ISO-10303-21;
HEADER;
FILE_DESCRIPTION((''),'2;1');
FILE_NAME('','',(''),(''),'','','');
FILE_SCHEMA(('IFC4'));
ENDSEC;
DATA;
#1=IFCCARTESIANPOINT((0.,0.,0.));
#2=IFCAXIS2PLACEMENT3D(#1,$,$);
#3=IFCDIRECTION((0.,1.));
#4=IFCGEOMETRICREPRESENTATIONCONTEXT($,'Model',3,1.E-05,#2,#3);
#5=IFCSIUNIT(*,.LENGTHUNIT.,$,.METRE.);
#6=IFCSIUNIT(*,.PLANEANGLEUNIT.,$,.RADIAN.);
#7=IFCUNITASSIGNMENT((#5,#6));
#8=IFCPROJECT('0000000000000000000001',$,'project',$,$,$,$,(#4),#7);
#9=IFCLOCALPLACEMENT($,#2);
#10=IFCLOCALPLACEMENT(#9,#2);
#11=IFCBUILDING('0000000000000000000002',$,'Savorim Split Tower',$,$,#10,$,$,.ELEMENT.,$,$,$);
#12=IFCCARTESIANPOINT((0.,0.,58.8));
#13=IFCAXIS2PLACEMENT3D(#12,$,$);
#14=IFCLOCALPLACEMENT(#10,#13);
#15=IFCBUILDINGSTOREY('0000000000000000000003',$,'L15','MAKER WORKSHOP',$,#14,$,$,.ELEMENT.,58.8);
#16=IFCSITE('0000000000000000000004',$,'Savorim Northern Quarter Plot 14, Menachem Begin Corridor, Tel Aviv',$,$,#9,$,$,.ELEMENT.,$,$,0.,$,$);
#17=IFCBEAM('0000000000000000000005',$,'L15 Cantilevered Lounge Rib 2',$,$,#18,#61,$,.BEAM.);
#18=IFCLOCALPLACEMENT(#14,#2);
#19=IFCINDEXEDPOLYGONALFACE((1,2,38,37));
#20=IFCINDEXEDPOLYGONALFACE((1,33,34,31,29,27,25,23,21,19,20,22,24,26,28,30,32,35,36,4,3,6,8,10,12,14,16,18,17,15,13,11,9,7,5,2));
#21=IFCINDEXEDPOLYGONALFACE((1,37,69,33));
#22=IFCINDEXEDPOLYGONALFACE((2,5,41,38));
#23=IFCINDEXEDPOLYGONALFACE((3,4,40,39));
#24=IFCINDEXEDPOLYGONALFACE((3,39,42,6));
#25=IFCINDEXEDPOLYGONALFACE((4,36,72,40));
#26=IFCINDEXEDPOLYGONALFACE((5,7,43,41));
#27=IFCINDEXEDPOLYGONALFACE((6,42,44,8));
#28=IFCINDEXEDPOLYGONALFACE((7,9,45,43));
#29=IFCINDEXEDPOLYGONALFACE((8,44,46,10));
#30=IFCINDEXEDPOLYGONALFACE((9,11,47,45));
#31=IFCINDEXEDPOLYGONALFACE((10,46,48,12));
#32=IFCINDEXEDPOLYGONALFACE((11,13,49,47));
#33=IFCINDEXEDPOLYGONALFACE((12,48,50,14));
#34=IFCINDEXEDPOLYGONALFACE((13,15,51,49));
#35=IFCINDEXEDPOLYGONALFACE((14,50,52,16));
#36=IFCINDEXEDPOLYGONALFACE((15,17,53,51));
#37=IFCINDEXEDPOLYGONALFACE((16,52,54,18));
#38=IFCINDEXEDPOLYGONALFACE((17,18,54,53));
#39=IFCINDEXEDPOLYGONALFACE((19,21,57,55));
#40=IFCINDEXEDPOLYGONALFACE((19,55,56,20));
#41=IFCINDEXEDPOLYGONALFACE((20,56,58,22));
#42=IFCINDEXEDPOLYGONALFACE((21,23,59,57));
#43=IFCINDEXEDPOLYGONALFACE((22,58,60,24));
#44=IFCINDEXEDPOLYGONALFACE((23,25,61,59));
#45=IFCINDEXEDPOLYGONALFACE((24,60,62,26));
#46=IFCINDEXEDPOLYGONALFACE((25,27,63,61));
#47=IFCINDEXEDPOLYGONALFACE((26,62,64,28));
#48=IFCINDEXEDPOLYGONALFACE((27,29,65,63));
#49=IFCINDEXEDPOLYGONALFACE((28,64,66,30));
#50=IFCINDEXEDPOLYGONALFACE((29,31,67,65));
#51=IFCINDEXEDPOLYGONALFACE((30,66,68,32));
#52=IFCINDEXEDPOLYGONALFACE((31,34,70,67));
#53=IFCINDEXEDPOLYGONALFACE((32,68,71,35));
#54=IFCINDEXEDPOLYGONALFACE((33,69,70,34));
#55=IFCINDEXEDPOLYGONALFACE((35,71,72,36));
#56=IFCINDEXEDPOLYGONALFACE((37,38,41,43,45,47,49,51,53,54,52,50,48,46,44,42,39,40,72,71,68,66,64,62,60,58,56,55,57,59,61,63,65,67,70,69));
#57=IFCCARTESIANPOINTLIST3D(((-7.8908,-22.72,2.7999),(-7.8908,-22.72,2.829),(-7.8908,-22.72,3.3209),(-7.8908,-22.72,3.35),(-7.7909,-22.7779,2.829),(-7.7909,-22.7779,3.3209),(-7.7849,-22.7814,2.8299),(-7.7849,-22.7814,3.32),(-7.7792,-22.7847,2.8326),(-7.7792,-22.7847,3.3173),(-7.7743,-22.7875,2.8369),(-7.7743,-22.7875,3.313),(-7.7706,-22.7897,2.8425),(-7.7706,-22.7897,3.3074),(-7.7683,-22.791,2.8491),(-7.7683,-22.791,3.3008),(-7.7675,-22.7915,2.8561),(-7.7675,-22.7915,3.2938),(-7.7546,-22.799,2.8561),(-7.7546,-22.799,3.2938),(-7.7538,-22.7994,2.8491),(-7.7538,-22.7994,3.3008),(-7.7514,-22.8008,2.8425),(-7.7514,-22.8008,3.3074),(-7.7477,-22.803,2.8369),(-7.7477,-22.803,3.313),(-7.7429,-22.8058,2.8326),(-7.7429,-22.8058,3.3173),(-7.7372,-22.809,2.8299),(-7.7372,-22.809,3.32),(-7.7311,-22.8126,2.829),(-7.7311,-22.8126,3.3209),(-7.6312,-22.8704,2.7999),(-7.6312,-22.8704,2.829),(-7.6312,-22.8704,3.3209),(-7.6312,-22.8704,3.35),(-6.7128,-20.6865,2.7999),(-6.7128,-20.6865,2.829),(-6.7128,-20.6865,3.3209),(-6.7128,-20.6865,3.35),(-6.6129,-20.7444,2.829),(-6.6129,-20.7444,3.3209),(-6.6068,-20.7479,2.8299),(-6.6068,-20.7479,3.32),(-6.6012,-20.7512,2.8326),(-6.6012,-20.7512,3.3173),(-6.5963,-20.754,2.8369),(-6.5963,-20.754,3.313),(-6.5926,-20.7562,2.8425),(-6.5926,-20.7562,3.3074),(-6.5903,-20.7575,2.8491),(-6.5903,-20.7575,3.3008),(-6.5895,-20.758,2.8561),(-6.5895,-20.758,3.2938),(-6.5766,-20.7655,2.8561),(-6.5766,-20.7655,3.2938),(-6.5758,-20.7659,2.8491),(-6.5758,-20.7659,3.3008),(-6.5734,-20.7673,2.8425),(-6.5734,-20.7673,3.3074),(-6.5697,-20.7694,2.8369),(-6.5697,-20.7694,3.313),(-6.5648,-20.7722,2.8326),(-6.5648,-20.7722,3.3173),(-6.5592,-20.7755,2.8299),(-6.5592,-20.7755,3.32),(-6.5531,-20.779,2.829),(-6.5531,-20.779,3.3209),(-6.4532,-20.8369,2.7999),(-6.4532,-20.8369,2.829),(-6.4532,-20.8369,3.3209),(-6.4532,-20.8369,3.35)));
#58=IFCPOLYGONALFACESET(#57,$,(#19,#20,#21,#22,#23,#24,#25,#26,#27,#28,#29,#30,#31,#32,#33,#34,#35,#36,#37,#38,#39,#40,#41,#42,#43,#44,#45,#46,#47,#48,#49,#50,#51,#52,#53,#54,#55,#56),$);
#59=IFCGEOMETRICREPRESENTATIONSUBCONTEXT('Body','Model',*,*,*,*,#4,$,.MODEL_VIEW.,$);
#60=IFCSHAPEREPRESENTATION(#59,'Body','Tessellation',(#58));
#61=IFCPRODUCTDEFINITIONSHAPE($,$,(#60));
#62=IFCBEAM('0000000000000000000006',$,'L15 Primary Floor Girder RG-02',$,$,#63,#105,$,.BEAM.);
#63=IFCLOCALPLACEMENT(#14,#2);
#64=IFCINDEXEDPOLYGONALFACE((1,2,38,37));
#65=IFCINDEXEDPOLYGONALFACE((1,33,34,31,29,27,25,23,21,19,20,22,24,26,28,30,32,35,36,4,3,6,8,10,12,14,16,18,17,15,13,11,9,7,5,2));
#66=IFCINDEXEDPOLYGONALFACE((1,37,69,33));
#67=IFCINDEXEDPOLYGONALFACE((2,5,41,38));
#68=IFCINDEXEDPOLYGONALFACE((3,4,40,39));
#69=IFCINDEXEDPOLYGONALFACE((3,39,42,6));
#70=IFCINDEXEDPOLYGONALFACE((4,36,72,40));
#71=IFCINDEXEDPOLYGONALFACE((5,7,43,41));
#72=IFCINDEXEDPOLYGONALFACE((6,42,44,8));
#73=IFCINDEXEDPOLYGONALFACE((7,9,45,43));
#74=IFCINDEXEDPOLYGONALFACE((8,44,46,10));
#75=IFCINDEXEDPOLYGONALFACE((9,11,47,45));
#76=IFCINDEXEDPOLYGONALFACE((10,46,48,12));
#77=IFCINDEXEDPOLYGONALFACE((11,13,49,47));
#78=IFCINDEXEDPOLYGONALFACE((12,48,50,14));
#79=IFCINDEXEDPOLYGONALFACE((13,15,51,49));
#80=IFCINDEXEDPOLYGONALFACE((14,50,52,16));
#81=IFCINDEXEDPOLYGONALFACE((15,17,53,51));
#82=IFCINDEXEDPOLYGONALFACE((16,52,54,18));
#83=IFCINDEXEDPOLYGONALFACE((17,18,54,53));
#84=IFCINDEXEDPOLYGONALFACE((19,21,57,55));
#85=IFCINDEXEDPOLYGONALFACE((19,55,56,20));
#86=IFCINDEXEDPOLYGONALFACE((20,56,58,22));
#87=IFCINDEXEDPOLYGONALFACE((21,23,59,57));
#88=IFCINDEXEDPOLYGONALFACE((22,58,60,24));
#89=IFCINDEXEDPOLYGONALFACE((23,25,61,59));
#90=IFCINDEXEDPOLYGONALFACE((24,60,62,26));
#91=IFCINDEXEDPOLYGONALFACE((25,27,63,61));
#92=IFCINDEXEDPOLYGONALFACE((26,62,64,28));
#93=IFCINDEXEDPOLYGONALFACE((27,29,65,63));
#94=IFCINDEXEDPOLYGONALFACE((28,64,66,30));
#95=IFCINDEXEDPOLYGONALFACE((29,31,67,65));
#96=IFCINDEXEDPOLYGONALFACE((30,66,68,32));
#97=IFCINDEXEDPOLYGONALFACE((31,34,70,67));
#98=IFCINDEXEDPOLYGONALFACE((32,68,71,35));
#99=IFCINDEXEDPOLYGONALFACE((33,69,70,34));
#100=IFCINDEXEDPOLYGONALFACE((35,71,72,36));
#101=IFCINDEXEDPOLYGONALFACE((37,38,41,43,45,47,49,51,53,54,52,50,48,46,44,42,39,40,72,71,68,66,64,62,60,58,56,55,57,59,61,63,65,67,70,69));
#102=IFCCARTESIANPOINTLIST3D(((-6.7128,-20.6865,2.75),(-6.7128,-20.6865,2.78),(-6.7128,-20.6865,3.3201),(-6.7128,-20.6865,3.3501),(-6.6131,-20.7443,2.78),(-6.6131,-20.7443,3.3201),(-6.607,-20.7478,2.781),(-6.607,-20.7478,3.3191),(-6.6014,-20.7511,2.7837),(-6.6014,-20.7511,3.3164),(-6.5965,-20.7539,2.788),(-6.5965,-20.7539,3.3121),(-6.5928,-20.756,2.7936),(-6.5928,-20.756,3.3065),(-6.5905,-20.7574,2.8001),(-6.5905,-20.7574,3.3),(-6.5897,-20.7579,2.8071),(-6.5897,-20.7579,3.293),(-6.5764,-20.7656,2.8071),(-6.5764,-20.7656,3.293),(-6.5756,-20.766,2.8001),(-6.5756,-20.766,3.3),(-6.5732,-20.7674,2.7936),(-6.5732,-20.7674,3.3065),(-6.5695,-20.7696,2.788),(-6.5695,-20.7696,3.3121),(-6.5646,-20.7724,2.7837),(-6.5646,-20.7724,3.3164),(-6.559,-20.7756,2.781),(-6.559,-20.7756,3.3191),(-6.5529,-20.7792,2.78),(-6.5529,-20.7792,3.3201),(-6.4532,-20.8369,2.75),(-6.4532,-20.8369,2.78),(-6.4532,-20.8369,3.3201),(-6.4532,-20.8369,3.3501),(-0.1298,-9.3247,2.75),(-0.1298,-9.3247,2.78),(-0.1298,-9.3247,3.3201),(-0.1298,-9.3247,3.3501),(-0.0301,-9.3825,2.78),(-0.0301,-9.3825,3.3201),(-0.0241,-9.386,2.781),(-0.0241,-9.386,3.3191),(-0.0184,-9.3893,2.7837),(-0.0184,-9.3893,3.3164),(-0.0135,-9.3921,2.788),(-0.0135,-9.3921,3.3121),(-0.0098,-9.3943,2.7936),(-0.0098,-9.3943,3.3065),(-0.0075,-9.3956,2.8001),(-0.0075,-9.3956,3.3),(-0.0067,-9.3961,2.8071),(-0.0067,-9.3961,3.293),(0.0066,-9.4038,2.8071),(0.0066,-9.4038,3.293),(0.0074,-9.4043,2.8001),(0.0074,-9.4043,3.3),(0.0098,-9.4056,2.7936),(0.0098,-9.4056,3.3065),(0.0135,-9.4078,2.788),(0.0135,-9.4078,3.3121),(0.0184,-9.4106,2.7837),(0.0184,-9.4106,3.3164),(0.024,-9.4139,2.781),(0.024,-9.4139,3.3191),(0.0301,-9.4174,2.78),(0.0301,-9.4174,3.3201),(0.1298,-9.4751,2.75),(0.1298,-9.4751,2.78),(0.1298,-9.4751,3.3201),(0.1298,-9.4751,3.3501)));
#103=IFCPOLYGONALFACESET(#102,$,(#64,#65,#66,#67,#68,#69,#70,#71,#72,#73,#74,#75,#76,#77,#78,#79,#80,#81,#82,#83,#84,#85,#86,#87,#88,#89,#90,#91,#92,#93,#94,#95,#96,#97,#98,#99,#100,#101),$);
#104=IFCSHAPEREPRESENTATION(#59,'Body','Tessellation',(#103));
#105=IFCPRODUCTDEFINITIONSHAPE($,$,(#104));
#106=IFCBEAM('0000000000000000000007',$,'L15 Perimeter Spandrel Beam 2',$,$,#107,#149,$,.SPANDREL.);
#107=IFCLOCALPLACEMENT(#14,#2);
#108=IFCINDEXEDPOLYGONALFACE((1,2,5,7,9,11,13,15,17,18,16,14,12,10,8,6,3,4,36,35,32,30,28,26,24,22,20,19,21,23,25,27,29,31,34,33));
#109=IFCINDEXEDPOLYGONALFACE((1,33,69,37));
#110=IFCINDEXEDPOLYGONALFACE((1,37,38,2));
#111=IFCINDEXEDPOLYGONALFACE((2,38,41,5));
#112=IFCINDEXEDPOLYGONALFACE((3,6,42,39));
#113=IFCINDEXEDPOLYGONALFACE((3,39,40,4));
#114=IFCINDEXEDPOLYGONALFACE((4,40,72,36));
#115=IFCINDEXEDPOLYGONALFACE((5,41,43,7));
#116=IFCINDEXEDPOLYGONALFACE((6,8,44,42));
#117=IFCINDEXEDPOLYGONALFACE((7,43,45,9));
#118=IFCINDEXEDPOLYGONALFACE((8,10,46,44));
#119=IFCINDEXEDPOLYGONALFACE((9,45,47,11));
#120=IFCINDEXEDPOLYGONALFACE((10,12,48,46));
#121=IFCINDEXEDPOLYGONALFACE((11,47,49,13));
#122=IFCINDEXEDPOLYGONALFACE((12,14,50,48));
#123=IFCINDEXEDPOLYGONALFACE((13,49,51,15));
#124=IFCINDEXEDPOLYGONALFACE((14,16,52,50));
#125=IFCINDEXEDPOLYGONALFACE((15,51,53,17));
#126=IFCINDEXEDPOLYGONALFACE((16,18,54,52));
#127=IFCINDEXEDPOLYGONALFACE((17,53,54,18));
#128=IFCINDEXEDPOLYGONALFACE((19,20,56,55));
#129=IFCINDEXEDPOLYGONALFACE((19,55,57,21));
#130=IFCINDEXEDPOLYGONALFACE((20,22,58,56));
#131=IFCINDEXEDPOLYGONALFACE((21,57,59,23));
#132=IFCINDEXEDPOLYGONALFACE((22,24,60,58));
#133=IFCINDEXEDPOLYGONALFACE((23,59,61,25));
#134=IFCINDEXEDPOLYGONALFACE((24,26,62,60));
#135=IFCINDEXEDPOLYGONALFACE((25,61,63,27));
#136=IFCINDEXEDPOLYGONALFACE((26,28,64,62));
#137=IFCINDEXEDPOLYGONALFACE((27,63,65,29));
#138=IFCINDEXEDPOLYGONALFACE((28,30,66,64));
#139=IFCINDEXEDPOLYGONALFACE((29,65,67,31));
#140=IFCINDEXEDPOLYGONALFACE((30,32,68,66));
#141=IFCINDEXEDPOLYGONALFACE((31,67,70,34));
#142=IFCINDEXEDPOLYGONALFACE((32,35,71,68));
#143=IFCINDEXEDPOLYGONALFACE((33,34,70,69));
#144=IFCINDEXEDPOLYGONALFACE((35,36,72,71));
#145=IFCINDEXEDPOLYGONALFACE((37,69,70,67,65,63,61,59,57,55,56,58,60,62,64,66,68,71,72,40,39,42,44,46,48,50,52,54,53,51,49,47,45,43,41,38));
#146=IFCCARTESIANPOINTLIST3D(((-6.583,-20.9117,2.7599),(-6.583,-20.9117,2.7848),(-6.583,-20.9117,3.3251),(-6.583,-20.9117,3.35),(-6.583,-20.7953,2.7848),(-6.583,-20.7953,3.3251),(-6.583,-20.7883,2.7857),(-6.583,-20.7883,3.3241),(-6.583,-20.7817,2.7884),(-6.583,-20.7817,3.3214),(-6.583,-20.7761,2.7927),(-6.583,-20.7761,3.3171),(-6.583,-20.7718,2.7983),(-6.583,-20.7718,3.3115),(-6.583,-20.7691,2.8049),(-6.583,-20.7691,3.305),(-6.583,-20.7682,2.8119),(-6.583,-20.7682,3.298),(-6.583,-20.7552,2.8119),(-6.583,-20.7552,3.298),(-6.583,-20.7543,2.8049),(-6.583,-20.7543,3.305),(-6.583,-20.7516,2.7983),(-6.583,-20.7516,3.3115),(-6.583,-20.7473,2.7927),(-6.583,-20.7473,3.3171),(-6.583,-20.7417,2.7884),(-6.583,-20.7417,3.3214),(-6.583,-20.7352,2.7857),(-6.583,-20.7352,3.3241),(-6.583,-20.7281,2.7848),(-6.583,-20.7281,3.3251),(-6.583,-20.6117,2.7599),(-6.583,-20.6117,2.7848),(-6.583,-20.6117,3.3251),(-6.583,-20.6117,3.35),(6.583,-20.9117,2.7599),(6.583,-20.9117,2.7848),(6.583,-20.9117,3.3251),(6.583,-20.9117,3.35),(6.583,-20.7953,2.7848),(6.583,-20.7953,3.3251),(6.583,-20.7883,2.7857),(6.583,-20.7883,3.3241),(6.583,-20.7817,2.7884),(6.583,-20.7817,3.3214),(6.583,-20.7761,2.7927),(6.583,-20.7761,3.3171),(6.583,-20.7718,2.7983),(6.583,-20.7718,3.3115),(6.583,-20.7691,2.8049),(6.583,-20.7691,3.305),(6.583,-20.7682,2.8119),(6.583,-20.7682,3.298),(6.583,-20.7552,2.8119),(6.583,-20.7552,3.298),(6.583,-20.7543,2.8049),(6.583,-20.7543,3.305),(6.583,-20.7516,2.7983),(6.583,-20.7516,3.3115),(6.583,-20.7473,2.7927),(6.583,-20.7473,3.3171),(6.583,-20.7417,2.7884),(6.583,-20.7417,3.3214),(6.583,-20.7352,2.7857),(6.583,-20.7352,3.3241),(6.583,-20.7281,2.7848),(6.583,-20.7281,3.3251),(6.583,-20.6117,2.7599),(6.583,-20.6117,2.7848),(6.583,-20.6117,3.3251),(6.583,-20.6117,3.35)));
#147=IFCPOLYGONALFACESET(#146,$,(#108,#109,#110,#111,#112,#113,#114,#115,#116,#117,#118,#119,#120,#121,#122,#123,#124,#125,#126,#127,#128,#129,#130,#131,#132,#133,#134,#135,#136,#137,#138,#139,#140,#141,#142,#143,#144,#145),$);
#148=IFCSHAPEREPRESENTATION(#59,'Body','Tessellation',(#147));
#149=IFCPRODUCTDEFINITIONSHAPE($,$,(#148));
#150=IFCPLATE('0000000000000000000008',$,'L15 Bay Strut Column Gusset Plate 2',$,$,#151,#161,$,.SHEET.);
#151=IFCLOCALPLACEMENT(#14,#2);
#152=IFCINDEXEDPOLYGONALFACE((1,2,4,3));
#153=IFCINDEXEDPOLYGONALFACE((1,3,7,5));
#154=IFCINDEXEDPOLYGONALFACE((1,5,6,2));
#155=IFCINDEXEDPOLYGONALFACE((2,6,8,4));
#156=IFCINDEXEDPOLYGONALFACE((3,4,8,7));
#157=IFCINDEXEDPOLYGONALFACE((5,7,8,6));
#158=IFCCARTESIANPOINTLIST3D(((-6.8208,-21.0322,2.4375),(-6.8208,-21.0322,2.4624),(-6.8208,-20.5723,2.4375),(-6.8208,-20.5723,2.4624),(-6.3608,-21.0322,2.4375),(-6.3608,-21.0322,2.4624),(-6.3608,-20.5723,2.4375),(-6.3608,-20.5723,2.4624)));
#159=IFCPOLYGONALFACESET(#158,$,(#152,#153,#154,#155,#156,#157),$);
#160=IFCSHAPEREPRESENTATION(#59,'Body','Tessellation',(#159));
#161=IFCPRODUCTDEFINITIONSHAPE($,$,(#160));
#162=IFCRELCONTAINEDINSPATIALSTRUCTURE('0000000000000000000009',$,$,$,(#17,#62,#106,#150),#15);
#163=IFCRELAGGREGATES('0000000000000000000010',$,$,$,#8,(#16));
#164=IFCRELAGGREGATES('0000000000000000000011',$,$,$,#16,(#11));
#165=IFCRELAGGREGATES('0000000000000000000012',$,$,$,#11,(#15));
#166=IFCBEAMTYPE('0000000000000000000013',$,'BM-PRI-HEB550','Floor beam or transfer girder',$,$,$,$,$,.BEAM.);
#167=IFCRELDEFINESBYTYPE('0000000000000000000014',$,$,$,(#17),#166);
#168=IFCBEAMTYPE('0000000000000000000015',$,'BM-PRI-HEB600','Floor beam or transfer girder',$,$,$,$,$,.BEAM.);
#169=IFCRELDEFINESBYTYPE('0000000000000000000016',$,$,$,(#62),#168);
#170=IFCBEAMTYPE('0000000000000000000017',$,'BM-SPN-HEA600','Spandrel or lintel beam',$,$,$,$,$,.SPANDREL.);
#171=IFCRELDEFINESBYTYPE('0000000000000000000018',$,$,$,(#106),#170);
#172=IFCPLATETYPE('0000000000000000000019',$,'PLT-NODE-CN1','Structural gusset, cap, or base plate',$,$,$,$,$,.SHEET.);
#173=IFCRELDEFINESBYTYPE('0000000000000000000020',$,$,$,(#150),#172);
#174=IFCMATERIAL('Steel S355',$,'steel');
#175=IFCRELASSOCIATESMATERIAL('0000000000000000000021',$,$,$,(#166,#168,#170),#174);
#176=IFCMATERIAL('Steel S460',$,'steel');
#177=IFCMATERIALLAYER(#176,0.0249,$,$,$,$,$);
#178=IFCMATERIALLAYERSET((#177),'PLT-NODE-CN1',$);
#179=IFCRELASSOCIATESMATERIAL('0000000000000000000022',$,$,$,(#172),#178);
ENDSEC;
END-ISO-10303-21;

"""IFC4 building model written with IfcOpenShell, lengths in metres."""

from ifc_helpers import new_model, si_unit, direction, frame, origin, origin_2d, place, context, subcontext, project, spatial, rectangle, i_section, extrude, material, layer, layer_set, material_profile, profile_set, type_object, element, save


model = new_model("IFC4")

# Units and contexts
model_context = context("Model", 3, precision=1e-05, world=origin(), true_north=direction((0.0, 1.0)))
body_context = subcontext(model_context, "Body", "Model", "MODEL_VIEW")
ifc_project = project(units=[si_unit("LENGTHUNIT", "METRE"), si_unit("PLANEANGLEUNIT", "RADIAN")], contexts=[model_context])

# Site, building, storey
site_placement = place(None, origin())
site = spatial("IfcSite", under=ifc_project, at=site_placement, Name="Savorim Northern Quarter Plot 14, Menachem Begin Corridor, Tel Aviv", CompositionType="ELEMENT", RefElevation=0.0)
building_placement = place(site_placement, origin())
building = spatial("IfcBuilding", under=site, at=building_placement, Name="Savorim Split Tower", CompositionType="ELEMENT")
storey_placement = place(building_placement, frame((0.0, 0.0, 58.8)))
storey = spatial("IfcBuildingStorey", under=building, at=storey_placement, Name="L15", Description="MAKER WORKSHOP", CompositionType="ELEMENT", Elevation=58.8)

# Shared definitions
ifc_material_1 = material(Name="Steel S460", Category="steel")

# Beams
ifc_material_2 = material(Name="Steel S355", Category="steel")
ifc_material_profile_1 = material_profile(ifc_material_2, i_section(OverallWidth=0.3, OverallDepth=0.55, WebThickness=0.0149, FlangeThickness=0.0291, FilletRadius=0.0271, at=origin_2d()), Name="HEB 550")
ifc_profile_set_1 = profile_set([ifc_material_profile_1], Name="Steel S355")
beam_type_1 = type_object("IfcBeamType", Name="BM-PRI-HEB550", Description="Floor beam or transfer girder", PredefinedType="BEAM", material=ifc_profile_set_1)
beam_1_placement = place(storey_placement, frame((-6.583, -20.7617, 3.075), z_axis=(-0.501266, -0.865293, 0.0), x_axis=(0.865293, -0.501266, 0.0)))
element("IfcBeam", 1, at=beam_1_placement, inside=storey, type_object=beam_type_1, Name="L15 Cantilevered Lounge Rib 2", PredefinedType="BEAM", context=body_context, shape_type="SweptSolid", body=[
    extrude(i_section(OverallWidth=0.3, OverallDepth=0.55, WebThickness=0.0149, FlangeThickness=0.0291, FilletRadius=0.0271, at=origin_2d()), origin(), (0.0, 0.0, 1.0), 2.3501),
])
ifc_material_profile_2 = material_profile(ifc_material_2, i_section(OverallWidth=0.3, OverallDepth=0.6001, WebThickness=0.0154, FlangeThickness=0.03, FilletRadius=0.0271, at=origin_2d()), Name="HEB 600")
ifc_profile_set_2 = profile_set([ifc_material_profile_2], Name="Steel S355")
beam_type_2 = type_object("IfcBeamType", Name="BM-PRI-HEB600", Description="Floor beam or transfer girder", PredefinedType="BEAM", material=ifc_profile_set_2)
beam_2_placement = place(storey_placement, frame((-6.583, -20.7617, 3.05), z_axis=(0.501328, 0.865257, 0.0), x_axis=(-0.865257, 0.501328, 0.0)))
element("IfcBeam", 2, at=beam_2_placement, inside=storey, type_object=beam_type_2, Name="L15 Primary Floor Girder RG-02", PredefinedType="BEAM", context=body_context, shape_type="SweptSolid", body=[
    extrude(i_section(OverallWidth=0.3, OverallDepth=0.6001, WebThickness=0.0154, FlangeThickness=0.03, FilletRadius=0.0271, at=origin_2d()), origin(), (0.0, 0.0, 1.0), 13.1311),
])
ifc_material_profile_3 = material_profile(ifc_material_2, i_section(OverallWidth=0.3, OverallDepth=0.5901, WebThickness=0.0129, FlangeThickness=0.0249, FilletRadius=0.0271, at=origin_2d()), Name="HEA 600")
ifc_profile_set_3 = profile_set([ifc_material_profile_3], Name="Steel S355")
beam_type_3 = type_object("IfcBeamType", Name="BM-SPN-HEA600", Description="Spandrel or lintel beam", PredefinedType="SPANDREL", material=ifc_profile_set_3)
beam_3_placement = place(storey_placement, frame((-6.583, -20.7617, 3.0549), z_axis=(1.0, 0.0, 0.0), x_axis=(0.0, 1.0, 0.0)))
element("IfcBeam", 3, at=beam_3_placement, inside=storey, type_object=beam_type_3, Name="L15 Perimeter Spandrel Beam 2", PredefinedType="SPANDREL", context=body_context, shape_type="SweptSolid", body=[
    extrude(i_section(OverallWidth=0.3, OverallDepth=0.5901, WebThickness=0.0129, FlangeThickness=0.0249, FilletRadius=0.0271, at=origin_2d()), origin(), (0.0, 0.0, 1.0), 13.166),
])

# Plate
ifc_layer_1 = layer(ifc_material_1, 0.0249)
ifc_layer_set_1 = layer_set([ifc_layer_1], Name="PLT-NODE-CN1")
plate_type = type_object("IfcPlateType", Name="PLT-NODE-CN1", Description="Structural gusset, cap, or base plate", PredefinedType="SHEET", material=ifc_layer_set_1)
plate_placement = place(storey_placement, frame((-6.5908, -20.8022, 2.4375), z_axis=(0.0, 0.0, 1.0), x_axis=(1.0, 0.0, 0.0)))
element("IfcPlate", 4, at=plate_placement, inside=storey, type_object=plate_type, Name="L15 Bay Strut Column Gusset Plate 2", PredefinedType="SHEET", context=body_context, shape_type="SweptSolid", body=[
    extrude(rectangle(XDim=0.46, YDim=0.46, at=origin_2d()), origin(), (0.0, 0.0, 1.0), 0.0249),
])

save(model, "model.ifc")
